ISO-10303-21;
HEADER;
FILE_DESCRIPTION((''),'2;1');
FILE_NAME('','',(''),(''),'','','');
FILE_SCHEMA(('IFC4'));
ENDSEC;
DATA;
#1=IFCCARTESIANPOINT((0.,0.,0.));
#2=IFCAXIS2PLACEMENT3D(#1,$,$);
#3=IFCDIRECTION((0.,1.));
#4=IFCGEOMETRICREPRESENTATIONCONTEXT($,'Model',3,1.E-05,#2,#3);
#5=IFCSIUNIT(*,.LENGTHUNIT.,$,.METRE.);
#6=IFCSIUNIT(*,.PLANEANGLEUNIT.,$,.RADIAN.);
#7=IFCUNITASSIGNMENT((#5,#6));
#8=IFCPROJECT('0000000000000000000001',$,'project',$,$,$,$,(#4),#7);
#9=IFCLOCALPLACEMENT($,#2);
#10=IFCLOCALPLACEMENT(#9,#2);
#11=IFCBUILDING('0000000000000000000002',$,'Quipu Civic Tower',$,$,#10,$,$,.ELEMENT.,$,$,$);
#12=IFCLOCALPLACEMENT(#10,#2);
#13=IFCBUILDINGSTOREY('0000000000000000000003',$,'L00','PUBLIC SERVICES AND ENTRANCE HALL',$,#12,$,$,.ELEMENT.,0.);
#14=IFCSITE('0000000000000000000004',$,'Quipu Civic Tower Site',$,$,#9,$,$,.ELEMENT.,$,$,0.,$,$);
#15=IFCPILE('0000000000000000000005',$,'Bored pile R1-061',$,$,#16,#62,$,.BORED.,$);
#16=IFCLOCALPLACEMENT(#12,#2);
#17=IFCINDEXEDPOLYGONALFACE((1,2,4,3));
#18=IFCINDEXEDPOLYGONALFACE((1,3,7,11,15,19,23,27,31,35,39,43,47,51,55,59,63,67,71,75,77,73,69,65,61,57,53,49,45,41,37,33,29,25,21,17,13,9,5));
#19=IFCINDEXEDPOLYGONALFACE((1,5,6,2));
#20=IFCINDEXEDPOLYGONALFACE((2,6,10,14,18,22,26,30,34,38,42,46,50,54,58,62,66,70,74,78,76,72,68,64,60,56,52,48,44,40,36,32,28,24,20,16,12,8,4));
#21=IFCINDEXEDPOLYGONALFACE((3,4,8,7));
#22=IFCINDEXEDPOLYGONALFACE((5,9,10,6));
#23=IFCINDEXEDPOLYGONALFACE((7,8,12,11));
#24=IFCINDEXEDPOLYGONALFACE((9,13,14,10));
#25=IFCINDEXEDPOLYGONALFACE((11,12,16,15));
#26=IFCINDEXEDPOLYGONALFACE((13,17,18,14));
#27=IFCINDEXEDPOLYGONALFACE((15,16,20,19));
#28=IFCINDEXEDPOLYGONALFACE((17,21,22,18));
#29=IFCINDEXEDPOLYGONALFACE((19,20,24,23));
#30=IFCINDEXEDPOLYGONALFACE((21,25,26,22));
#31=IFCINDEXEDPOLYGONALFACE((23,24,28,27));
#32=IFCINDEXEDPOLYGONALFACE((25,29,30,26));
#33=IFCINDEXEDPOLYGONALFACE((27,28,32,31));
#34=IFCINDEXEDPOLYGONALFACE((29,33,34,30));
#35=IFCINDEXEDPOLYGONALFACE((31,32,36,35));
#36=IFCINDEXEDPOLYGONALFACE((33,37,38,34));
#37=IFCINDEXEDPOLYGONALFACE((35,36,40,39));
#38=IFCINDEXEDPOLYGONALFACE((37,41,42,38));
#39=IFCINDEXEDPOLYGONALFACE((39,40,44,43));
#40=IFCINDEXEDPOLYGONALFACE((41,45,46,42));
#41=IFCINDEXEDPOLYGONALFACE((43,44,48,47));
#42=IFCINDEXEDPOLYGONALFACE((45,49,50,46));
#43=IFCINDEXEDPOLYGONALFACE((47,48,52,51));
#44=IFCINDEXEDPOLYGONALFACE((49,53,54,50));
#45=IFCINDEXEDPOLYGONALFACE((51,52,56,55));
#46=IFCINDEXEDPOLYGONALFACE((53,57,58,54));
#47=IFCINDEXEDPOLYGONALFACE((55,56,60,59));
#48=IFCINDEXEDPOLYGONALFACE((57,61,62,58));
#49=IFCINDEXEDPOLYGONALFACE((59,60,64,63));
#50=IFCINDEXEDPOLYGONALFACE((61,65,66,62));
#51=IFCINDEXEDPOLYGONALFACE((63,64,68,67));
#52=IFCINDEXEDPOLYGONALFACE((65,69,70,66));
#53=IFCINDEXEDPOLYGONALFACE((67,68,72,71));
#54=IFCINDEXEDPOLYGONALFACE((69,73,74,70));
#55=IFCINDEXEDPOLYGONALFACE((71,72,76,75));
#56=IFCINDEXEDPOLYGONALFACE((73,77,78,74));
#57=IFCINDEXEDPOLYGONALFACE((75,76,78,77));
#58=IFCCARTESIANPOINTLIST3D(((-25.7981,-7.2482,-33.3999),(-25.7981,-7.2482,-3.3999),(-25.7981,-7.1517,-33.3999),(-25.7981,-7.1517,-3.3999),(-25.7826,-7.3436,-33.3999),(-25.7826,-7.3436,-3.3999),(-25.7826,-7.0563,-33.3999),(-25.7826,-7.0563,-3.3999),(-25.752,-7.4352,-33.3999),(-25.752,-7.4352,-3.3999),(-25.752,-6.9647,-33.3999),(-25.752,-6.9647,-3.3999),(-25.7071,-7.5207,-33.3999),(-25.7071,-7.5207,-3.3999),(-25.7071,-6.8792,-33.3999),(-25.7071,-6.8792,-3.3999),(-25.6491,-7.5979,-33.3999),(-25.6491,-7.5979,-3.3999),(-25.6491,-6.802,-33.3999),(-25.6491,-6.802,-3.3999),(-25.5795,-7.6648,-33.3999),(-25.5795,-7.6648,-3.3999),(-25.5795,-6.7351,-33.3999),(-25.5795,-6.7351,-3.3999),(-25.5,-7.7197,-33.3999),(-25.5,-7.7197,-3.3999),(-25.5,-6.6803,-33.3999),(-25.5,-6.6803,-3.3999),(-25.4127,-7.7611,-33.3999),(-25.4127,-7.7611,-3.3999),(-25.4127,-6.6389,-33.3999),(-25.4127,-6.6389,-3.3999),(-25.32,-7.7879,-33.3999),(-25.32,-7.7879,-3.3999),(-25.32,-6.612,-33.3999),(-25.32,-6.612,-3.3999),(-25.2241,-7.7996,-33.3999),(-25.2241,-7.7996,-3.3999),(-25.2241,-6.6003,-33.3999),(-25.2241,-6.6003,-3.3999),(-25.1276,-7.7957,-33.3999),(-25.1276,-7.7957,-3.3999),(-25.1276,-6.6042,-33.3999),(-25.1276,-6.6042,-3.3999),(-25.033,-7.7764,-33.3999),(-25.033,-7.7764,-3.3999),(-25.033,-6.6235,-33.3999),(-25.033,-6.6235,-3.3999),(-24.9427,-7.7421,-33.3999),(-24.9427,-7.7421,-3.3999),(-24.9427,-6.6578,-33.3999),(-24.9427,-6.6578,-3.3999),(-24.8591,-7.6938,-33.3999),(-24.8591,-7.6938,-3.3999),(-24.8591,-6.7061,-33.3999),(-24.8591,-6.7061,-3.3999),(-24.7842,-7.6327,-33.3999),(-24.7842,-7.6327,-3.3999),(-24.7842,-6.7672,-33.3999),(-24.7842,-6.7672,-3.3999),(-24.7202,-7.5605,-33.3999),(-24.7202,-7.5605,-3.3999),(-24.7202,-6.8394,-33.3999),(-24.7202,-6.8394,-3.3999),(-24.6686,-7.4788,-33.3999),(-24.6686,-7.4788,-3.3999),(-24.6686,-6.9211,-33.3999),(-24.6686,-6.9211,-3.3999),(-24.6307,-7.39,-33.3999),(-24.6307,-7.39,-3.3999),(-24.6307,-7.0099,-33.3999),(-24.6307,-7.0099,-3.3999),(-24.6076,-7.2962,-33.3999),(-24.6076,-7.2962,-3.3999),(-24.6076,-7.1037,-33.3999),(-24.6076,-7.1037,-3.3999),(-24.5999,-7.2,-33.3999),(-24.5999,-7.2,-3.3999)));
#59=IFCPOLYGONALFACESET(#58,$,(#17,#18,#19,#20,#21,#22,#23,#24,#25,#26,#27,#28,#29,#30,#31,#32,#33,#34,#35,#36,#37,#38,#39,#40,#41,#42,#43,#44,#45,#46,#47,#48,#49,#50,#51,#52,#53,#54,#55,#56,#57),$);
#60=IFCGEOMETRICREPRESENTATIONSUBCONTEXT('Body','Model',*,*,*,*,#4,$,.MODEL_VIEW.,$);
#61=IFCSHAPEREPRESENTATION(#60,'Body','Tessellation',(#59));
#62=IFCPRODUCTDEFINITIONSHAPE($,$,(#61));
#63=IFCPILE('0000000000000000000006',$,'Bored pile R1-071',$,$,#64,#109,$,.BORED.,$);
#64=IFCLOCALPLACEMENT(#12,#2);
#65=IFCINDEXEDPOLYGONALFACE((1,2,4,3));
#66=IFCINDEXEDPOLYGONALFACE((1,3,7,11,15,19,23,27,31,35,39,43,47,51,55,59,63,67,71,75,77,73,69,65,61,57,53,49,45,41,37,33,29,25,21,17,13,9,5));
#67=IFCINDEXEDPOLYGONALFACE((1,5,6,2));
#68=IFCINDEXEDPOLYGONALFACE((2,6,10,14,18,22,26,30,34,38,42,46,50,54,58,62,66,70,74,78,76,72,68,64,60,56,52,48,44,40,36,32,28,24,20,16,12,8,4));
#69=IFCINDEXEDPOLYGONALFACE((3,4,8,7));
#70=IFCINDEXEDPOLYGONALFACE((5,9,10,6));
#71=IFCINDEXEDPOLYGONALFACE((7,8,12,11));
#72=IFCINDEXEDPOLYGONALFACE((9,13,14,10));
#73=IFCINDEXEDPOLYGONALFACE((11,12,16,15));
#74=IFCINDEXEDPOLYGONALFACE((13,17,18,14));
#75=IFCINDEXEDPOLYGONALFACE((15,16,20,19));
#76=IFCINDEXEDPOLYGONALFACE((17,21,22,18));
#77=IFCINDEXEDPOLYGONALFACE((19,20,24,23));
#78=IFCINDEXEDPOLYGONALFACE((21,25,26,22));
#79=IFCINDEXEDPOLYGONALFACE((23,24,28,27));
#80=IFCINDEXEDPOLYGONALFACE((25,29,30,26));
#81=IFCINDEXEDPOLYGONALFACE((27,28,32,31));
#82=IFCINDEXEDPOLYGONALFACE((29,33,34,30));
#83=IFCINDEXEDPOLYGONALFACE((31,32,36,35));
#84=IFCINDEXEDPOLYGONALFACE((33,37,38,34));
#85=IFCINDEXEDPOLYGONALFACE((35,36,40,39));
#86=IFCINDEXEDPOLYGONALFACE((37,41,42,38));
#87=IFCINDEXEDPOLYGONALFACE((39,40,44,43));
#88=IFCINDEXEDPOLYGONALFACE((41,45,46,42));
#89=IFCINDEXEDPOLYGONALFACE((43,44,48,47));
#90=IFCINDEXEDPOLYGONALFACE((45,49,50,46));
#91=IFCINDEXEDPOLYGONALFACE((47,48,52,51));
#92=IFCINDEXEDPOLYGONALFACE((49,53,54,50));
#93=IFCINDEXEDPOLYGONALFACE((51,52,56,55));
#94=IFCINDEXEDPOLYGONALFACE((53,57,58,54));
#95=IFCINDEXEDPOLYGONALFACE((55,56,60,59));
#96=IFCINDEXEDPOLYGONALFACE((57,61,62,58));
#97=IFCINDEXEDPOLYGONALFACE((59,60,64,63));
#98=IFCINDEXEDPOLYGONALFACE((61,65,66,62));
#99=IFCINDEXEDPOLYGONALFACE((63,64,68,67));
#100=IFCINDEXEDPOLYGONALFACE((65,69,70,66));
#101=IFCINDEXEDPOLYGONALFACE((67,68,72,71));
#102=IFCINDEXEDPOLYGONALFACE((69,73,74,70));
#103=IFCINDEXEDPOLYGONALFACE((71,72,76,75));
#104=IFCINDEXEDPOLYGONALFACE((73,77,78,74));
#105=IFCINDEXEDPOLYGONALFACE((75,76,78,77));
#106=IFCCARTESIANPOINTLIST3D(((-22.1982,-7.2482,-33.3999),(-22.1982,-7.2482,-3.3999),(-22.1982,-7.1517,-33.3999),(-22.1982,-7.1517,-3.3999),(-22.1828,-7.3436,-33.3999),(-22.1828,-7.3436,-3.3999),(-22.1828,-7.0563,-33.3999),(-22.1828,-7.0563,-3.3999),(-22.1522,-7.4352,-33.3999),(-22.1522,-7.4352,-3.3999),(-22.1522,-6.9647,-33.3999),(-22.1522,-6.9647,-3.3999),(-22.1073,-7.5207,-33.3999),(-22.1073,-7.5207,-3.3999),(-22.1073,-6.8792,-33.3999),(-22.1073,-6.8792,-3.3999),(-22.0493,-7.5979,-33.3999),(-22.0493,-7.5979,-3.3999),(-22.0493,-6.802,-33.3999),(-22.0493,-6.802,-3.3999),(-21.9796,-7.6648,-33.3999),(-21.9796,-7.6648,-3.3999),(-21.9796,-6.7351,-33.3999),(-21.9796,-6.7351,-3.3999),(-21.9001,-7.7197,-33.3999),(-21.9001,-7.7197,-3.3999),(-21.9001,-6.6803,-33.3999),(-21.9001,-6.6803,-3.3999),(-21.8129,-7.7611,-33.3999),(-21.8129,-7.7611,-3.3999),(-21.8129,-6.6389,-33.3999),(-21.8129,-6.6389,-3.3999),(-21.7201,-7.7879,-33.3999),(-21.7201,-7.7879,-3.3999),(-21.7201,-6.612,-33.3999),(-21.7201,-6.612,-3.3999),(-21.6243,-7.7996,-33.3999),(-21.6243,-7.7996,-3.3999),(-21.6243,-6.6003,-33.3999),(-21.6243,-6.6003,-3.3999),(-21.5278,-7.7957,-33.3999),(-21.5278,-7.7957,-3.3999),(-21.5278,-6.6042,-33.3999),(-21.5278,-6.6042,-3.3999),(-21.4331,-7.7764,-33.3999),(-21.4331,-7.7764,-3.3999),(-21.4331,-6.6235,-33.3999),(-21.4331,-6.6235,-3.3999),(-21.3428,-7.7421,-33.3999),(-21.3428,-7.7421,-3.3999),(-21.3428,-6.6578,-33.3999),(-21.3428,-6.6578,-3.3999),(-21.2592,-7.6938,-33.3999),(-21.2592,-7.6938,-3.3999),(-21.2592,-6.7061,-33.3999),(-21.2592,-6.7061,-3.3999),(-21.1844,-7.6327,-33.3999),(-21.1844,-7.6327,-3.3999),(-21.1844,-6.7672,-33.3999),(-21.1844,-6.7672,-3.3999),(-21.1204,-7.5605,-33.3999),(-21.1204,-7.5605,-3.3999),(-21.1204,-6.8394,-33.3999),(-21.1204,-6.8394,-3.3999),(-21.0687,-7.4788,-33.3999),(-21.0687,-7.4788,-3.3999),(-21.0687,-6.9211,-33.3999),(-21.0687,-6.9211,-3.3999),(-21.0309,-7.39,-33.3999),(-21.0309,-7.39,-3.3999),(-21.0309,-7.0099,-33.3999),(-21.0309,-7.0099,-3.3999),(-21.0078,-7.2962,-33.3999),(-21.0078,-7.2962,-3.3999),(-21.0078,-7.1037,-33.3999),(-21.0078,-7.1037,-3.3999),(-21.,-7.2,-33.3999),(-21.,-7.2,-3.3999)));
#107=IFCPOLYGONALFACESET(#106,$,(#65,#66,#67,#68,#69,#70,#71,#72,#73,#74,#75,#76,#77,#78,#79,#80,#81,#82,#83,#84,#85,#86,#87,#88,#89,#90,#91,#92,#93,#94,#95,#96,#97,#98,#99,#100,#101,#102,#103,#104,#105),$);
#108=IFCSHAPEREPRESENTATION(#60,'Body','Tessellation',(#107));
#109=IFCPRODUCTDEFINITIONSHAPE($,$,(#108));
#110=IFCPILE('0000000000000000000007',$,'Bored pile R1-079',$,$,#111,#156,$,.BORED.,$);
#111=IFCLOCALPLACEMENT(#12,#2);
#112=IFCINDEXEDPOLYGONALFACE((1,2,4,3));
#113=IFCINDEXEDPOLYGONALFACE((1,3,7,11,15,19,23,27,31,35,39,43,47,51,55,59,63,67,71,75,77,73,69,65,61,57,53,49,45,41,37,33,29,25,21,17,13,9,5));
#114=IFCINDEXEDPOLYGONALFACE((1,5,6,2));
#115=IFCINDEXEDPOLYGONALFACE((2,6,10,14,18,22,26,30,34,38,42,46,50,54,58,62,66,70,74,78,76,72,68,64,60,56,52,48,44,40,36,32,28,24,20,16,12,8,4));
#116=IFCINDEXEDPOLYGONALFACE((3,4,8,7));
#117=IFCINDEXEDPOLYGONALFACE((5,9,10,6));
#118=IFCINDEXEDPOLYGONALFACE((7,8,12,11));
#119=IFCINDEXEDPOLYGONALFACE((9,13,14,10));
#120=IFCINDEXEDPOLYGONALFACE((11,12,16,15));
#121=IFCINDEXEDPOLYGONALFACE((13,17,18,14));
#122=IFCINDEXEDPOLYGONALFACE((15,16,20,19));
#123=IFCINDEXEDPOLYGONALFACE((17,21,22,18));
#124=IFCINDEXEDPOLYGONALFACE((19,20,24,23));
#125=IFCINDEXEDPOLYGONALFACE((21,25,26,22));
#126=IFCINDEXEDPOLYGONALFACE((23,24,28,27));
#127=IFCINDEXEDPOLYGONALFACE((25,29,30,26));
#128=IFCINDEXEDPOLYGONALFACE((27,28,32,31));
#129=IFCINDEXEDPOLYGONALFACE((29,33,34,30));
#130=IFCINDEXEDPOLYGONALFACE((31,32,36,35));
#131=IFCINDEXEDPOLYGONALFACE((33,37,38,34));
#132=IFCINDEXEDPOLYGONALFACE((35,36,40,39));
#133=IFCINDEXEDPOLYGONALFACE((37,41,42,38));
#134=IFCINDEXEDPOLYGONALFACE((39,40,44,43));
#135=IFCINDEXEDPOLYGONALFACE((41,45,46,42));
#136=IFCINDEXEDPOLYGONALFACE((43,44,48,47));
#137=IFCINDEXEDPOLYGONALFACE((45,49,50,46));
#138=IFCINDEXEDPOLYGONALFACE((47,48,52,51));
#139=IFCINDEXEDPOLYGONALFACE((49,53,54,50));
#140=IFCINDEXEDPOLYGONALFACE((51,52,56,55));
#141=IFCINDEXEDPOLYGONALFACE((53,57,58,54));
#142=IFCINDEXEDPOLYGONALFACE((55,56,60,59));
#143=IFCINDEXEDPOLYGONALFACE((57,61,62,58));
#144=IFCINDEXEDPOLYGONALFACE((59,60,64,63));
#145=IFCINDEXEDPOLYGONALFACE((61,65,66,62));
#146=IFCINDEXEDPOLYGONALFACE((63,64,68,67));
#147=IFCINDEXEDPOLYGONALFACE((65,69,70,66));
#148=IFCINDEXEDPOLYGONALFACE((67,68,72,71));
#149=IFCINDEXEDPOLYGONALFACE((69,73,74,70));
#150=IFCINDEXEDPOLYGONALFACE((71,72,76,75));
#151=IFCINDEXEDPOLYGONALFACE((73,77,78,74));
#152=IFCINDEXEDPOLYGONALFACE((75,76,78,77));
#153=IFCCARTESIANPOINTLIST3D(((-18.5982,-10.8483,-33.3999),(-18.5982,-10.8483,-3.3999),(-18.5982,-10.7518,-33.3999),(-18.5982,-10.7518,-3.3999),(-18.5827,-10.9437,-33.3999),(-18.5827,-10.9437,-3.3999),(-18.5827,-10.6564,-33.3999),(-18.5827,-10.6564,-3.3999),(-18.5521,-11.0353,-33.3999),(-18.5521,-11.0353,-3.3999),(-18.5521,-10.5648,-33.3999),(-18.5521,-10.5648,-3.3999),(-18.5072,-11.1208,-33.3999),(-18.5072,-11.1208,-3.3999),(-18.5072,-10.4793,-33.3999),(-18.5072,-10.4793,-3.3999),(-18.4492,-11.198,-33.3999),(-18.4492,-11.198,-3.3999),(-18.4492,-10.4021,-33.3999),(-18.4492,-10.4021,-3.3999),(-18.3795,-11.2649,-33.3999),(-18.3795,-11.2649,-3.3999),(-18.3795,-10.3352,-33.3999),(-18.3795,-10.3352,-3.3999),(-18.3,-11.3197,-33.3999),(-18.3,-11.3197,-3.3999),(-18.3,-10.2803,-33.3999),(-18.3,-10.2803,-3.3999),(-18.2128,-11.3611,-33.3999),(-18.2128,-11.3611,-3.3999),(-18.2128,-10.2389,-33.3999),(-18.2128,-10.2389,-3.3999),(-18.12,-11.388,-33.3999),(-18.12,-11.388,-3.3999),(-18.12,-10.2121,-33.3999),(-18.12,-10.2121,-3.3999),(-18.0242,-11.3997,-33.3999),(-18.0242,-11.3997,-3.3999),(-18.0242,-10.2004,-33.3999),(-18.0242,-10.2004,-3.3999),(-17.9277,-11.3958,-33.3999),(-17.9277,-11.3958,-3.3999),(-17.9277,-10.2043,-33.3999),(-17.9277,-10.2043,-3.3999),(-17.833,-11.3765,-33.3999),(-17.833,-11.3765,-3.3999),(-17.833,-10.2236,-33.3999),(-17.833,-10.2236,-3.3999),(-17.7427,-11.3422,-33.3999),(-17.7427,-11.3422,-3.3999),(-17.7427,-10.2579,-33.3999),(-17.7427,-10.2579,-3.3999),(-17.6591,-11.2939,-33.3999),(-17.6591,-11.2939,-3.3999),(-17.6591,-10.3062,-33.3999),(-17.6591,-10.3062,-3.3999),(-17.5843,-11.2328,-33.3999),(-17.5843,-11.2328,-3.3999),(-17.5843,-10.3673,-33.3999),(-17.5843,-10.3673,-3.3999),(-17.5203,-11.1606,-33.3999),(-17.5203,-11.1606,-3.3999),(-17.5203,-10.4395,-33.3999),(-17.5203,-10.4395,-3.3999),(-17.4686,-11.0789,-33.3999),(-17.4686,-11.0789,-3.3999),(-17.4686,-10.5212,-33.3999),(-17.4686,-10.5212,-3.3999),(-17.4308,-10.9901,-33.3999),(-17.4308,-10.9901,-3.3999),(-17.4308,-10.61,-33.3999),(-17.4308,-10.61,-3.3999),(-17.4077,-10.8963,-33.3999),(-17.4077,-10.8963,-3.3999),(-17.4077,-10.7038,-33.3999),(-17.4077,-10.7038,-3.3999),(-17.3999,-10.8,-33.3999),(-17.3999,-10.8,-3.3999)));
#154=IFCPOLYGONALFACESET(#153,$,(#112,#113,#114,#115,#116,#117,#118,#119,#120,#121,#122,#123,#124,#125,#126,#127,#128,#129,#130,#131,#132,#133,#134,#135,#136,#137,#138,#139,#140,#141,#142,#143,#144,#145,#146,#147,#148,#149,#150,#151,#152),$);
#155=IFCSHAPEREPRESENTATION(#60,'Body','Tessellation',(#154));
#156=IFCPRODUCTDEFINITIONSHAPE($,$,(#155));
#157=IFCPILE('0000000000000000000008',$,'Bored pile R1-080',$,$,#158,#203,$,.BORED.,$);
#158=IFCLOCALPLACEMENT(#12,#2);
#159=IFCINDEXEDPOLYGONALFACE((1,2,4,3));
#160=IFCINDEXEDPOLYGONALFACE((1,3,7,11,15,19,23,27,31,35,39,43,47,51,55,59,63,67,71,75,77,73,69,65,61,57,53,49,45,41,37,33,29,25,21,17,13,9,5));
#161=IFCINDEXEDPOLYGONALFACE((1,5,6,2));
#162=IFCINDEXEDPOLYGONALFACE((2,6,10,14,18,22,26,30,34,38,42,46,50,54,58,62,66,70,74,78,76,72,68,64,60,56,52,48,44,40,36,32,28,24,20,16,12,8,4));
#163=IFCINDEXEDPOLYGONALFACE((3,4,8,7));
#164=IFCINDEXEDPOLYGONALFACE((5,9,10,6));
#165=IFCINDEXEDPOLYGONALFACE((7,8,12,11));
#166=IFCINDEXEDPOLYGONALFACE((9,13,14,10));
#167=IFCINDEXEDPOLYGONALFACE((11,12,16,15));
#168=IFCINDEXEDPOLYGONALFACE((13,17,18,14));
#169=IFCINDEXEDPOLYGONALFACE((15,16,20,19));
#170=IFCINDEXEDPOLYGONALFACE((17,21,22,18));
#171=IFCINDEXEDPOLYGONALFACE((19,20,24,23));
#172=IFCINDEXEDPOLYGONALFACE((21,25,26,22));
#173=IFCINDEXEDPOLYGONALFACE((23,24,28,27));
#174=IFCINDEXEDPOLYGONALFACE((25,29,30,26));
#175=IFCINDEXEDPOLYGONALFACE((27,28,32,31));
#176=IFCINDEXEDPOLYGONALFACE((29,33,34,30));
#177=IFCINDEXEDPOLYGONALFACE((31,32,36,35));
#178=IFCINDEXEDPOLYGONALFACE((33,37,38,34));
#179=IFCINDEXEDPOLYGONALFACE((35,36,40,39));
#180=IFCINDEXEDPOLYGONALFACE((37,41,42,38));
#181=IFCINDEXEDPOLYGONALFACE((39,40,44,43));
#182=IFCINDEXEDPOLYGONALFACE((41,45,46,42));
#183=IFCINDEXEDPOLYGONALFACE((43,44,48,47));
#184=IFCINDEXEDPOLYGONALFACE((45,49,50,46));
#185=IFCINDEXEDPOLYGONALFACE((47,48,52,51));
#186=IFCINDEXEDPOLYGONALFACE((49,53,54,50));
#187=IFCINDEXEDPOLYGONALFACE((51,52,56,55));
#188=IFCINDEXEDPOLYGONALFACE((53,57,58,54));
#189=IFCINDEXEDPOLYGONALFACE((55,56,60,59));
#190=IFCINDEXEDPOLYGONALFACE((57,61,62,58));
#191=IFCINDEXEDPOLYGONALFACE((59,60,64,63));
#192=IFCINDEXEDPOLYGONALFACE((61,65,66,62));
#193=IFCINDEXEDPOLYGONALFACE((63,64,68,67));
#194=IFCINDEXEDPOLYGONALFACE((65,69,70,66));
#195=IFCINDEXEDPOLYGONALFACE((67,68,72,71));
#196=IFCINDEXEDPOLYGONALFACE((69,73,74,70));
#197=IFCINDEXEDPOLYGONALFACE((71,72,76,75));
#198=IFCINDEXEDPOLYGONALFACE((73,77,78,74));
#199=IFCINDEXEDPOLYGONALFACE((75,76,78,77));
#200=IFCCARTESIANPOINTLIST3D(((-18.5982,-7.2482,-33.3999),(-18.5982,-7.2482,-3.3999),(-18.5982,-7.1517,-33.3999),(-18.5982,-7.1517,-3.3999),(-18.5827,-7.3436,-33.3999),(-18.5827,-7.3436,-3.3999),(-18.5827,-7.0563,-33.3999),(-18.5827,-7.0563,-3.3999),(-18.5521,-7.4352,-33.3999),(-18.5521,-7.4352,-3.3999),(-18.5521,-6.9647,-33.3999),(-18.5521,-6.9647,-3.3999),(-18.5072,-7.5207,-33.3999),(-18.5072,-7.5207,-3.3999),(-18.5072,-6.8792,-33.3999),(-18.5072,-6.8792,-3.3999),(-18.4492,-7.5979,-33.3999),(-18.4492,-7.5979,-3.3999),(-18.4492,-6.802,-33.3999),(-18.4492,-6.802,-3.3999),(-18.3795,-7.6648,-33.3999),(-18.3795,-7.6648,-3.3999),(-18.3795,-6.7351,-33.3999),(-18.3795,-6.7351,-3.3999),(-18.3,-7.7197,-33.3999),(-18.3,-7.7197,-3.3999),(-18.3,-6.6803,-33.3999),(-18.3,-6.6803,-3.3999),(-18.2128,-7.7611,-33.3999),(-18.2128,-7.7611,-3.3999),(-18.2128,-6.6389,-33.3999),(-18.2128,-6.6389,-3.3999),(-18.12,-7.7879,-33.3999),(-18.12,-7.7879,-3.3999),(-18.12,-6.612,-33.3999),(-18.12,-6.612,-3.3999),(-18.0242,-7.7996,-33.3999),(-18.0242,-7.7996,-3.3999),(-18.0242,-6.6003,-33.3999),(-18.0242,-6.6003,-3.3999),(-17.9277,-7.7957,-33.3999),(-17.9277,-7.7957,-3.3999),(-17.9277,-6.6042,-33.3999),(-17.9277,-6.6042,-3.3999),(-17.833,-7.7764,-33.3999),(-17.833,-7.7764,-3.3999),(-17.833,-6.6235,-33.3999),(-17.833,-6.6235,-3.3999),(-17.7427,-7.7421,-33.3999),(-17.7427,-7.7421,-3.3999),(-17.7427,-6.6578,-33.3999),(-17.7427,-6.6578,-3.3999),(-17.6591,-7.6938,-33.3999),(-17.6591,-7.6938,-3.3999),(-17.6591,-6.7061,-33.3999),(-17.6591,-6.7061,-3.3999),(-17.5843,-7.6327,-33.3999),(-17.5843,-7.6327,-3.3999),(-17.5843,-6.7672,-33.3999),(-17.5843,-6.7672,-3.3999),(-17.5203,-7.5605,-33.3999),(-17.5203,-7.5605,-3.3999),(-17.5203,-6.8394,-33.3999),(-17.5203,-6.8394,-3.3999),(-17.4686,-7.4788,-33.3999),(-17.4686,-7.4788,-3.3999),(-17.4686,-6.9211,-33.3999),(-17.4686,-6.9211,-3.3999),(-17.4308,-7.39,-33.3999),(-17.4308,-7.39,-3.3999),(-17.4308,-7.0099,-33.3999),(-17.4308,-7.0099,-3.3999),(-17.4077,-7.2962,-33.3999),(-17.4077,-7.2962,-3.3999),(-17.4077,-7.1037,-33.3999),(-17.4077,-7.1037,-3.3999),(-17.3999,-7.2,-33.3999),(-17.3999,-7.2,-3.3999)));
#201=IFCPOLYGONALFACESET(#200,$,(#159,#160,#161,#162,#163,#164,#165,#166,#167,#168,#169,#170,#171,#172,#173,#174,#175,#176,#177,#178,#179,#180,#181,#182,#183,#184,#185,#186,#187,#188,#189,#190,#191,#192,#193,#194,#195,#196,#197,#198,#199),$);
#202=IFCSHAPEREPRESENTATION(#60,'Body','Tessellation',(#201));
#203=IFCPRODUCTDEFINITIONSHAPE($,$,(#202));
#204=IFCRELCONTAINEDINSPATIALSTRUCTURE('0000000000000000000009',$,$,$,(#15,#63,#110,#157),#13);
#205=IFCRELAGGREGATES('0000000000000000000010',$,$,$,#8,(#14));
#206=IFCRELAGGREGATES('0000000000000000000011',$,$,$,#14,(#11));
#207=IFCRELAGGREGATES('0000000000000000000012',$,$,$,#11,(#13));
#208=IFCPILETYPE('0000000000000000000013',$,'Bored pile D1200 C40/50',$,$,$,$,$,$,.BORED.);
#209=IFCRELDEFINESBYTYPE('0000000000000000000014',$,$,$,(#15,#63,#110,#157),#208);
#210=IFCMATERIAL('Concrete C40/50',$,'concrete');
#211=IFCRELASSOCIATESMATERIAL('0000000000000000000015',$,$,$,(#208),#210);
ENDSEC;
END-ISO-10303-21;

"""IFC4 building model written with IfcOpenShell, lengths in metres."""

from ifc_helpers import new_model, si_unit, direction, frame, origin, origin_2d, place, context, subcontext, project, spatial, circle, extrude, material, material_profile, profile_set, type_object, element, save


model = new_model("IFC4")

# Units and contexts
model_context = context("Model", 3, precision=1e-05, world=origin(), true_north=direction((0.0, 1.0)))
body_context = subcontext(model_context, "Body", "Model", "MODEL_VIEW")
ifc_project = project(units=[si_unit("LENGTHUNIT", "METRE"), si_unit("PLANEANGLEUNIT", "RADIAN")], contexts=[model_context])

# Site, building, storey
site_placement = place(None, origin())
site = spatial("IfcSite", under=ifc_project, at=site_placement, Name="Quipu Civic Tower Site", CompositionType="ELEMENT", RefElevation=0.0)
building_placement = place(site_placement, origin())
building = spatial("IfcBuilding", under=site, at=building_placement, Name="Quipu Civic Tower", CompositionType="ELEMENT")
storey_placement = place(building_placement, origin())
storey = spatial("IfcBuildingStorey", under=building, at=storey_placement, Name="L00", Description="PUBLIC SERVICES AND ENTRANCE HALL", CompositionType="ELEMENT", Elevation=0.0)

# Piles
ifc_material_1 = material(Name="Concrete C40/50", Category="concrete")
ifc_material_profile_1 = material_profile(ifc_material_1, circle(Radius=0.6001, at=origin_2d()), Name="RCD1200")
ifc_profile_set_1 = profile_set([ifc_material_profile_1], Name="Concrete C40/50")
pile_type = type_object("IfcPileType", Name="Bored pile D1200 C40/50", PredefinedType="BORED", material=ifc_profile_set_1)
for number, where, z_axis, x_axis, name in (
    (1, (-25.2, -7.2, -3.3999), (0.0, 0.0, -1.0), (1.0, 0.0, 0.0), "Bored pile R1-061"),
    (2, (-21.6001, -7.2, -3.3999), (0.0, 0.0, -1.0), (1.0, 0.0, 0.0), "Bored pile R1-071"),
    (3, (-18.0, -10.8, -3.3999), (0.0, 0.0, -1.0), (1.0, 0.0, 0.0), "Bored pile R1-079"),
    (4, (-18.0, -7.2, -3.3999), (0.0, 0.0, -1.0), (1.0, 0.0, 0.0), "Bored pile R1-080"),
):
    element("IfcPile", number, at=place(storey_placement, frame(where, z_axis=z_axis, x_axis=x_axis)), inside=storey, type_object=pile_type, Name=name, PredefinedType="BORED", context=body_context, shape_type="SweptSolid", body=[
        extrude(circle(Radius=0.6001, at=origin_2d()), origin(), (0.0, 0.0, 1.0), 30.0),
    ])

save(model, "model.ifc")
